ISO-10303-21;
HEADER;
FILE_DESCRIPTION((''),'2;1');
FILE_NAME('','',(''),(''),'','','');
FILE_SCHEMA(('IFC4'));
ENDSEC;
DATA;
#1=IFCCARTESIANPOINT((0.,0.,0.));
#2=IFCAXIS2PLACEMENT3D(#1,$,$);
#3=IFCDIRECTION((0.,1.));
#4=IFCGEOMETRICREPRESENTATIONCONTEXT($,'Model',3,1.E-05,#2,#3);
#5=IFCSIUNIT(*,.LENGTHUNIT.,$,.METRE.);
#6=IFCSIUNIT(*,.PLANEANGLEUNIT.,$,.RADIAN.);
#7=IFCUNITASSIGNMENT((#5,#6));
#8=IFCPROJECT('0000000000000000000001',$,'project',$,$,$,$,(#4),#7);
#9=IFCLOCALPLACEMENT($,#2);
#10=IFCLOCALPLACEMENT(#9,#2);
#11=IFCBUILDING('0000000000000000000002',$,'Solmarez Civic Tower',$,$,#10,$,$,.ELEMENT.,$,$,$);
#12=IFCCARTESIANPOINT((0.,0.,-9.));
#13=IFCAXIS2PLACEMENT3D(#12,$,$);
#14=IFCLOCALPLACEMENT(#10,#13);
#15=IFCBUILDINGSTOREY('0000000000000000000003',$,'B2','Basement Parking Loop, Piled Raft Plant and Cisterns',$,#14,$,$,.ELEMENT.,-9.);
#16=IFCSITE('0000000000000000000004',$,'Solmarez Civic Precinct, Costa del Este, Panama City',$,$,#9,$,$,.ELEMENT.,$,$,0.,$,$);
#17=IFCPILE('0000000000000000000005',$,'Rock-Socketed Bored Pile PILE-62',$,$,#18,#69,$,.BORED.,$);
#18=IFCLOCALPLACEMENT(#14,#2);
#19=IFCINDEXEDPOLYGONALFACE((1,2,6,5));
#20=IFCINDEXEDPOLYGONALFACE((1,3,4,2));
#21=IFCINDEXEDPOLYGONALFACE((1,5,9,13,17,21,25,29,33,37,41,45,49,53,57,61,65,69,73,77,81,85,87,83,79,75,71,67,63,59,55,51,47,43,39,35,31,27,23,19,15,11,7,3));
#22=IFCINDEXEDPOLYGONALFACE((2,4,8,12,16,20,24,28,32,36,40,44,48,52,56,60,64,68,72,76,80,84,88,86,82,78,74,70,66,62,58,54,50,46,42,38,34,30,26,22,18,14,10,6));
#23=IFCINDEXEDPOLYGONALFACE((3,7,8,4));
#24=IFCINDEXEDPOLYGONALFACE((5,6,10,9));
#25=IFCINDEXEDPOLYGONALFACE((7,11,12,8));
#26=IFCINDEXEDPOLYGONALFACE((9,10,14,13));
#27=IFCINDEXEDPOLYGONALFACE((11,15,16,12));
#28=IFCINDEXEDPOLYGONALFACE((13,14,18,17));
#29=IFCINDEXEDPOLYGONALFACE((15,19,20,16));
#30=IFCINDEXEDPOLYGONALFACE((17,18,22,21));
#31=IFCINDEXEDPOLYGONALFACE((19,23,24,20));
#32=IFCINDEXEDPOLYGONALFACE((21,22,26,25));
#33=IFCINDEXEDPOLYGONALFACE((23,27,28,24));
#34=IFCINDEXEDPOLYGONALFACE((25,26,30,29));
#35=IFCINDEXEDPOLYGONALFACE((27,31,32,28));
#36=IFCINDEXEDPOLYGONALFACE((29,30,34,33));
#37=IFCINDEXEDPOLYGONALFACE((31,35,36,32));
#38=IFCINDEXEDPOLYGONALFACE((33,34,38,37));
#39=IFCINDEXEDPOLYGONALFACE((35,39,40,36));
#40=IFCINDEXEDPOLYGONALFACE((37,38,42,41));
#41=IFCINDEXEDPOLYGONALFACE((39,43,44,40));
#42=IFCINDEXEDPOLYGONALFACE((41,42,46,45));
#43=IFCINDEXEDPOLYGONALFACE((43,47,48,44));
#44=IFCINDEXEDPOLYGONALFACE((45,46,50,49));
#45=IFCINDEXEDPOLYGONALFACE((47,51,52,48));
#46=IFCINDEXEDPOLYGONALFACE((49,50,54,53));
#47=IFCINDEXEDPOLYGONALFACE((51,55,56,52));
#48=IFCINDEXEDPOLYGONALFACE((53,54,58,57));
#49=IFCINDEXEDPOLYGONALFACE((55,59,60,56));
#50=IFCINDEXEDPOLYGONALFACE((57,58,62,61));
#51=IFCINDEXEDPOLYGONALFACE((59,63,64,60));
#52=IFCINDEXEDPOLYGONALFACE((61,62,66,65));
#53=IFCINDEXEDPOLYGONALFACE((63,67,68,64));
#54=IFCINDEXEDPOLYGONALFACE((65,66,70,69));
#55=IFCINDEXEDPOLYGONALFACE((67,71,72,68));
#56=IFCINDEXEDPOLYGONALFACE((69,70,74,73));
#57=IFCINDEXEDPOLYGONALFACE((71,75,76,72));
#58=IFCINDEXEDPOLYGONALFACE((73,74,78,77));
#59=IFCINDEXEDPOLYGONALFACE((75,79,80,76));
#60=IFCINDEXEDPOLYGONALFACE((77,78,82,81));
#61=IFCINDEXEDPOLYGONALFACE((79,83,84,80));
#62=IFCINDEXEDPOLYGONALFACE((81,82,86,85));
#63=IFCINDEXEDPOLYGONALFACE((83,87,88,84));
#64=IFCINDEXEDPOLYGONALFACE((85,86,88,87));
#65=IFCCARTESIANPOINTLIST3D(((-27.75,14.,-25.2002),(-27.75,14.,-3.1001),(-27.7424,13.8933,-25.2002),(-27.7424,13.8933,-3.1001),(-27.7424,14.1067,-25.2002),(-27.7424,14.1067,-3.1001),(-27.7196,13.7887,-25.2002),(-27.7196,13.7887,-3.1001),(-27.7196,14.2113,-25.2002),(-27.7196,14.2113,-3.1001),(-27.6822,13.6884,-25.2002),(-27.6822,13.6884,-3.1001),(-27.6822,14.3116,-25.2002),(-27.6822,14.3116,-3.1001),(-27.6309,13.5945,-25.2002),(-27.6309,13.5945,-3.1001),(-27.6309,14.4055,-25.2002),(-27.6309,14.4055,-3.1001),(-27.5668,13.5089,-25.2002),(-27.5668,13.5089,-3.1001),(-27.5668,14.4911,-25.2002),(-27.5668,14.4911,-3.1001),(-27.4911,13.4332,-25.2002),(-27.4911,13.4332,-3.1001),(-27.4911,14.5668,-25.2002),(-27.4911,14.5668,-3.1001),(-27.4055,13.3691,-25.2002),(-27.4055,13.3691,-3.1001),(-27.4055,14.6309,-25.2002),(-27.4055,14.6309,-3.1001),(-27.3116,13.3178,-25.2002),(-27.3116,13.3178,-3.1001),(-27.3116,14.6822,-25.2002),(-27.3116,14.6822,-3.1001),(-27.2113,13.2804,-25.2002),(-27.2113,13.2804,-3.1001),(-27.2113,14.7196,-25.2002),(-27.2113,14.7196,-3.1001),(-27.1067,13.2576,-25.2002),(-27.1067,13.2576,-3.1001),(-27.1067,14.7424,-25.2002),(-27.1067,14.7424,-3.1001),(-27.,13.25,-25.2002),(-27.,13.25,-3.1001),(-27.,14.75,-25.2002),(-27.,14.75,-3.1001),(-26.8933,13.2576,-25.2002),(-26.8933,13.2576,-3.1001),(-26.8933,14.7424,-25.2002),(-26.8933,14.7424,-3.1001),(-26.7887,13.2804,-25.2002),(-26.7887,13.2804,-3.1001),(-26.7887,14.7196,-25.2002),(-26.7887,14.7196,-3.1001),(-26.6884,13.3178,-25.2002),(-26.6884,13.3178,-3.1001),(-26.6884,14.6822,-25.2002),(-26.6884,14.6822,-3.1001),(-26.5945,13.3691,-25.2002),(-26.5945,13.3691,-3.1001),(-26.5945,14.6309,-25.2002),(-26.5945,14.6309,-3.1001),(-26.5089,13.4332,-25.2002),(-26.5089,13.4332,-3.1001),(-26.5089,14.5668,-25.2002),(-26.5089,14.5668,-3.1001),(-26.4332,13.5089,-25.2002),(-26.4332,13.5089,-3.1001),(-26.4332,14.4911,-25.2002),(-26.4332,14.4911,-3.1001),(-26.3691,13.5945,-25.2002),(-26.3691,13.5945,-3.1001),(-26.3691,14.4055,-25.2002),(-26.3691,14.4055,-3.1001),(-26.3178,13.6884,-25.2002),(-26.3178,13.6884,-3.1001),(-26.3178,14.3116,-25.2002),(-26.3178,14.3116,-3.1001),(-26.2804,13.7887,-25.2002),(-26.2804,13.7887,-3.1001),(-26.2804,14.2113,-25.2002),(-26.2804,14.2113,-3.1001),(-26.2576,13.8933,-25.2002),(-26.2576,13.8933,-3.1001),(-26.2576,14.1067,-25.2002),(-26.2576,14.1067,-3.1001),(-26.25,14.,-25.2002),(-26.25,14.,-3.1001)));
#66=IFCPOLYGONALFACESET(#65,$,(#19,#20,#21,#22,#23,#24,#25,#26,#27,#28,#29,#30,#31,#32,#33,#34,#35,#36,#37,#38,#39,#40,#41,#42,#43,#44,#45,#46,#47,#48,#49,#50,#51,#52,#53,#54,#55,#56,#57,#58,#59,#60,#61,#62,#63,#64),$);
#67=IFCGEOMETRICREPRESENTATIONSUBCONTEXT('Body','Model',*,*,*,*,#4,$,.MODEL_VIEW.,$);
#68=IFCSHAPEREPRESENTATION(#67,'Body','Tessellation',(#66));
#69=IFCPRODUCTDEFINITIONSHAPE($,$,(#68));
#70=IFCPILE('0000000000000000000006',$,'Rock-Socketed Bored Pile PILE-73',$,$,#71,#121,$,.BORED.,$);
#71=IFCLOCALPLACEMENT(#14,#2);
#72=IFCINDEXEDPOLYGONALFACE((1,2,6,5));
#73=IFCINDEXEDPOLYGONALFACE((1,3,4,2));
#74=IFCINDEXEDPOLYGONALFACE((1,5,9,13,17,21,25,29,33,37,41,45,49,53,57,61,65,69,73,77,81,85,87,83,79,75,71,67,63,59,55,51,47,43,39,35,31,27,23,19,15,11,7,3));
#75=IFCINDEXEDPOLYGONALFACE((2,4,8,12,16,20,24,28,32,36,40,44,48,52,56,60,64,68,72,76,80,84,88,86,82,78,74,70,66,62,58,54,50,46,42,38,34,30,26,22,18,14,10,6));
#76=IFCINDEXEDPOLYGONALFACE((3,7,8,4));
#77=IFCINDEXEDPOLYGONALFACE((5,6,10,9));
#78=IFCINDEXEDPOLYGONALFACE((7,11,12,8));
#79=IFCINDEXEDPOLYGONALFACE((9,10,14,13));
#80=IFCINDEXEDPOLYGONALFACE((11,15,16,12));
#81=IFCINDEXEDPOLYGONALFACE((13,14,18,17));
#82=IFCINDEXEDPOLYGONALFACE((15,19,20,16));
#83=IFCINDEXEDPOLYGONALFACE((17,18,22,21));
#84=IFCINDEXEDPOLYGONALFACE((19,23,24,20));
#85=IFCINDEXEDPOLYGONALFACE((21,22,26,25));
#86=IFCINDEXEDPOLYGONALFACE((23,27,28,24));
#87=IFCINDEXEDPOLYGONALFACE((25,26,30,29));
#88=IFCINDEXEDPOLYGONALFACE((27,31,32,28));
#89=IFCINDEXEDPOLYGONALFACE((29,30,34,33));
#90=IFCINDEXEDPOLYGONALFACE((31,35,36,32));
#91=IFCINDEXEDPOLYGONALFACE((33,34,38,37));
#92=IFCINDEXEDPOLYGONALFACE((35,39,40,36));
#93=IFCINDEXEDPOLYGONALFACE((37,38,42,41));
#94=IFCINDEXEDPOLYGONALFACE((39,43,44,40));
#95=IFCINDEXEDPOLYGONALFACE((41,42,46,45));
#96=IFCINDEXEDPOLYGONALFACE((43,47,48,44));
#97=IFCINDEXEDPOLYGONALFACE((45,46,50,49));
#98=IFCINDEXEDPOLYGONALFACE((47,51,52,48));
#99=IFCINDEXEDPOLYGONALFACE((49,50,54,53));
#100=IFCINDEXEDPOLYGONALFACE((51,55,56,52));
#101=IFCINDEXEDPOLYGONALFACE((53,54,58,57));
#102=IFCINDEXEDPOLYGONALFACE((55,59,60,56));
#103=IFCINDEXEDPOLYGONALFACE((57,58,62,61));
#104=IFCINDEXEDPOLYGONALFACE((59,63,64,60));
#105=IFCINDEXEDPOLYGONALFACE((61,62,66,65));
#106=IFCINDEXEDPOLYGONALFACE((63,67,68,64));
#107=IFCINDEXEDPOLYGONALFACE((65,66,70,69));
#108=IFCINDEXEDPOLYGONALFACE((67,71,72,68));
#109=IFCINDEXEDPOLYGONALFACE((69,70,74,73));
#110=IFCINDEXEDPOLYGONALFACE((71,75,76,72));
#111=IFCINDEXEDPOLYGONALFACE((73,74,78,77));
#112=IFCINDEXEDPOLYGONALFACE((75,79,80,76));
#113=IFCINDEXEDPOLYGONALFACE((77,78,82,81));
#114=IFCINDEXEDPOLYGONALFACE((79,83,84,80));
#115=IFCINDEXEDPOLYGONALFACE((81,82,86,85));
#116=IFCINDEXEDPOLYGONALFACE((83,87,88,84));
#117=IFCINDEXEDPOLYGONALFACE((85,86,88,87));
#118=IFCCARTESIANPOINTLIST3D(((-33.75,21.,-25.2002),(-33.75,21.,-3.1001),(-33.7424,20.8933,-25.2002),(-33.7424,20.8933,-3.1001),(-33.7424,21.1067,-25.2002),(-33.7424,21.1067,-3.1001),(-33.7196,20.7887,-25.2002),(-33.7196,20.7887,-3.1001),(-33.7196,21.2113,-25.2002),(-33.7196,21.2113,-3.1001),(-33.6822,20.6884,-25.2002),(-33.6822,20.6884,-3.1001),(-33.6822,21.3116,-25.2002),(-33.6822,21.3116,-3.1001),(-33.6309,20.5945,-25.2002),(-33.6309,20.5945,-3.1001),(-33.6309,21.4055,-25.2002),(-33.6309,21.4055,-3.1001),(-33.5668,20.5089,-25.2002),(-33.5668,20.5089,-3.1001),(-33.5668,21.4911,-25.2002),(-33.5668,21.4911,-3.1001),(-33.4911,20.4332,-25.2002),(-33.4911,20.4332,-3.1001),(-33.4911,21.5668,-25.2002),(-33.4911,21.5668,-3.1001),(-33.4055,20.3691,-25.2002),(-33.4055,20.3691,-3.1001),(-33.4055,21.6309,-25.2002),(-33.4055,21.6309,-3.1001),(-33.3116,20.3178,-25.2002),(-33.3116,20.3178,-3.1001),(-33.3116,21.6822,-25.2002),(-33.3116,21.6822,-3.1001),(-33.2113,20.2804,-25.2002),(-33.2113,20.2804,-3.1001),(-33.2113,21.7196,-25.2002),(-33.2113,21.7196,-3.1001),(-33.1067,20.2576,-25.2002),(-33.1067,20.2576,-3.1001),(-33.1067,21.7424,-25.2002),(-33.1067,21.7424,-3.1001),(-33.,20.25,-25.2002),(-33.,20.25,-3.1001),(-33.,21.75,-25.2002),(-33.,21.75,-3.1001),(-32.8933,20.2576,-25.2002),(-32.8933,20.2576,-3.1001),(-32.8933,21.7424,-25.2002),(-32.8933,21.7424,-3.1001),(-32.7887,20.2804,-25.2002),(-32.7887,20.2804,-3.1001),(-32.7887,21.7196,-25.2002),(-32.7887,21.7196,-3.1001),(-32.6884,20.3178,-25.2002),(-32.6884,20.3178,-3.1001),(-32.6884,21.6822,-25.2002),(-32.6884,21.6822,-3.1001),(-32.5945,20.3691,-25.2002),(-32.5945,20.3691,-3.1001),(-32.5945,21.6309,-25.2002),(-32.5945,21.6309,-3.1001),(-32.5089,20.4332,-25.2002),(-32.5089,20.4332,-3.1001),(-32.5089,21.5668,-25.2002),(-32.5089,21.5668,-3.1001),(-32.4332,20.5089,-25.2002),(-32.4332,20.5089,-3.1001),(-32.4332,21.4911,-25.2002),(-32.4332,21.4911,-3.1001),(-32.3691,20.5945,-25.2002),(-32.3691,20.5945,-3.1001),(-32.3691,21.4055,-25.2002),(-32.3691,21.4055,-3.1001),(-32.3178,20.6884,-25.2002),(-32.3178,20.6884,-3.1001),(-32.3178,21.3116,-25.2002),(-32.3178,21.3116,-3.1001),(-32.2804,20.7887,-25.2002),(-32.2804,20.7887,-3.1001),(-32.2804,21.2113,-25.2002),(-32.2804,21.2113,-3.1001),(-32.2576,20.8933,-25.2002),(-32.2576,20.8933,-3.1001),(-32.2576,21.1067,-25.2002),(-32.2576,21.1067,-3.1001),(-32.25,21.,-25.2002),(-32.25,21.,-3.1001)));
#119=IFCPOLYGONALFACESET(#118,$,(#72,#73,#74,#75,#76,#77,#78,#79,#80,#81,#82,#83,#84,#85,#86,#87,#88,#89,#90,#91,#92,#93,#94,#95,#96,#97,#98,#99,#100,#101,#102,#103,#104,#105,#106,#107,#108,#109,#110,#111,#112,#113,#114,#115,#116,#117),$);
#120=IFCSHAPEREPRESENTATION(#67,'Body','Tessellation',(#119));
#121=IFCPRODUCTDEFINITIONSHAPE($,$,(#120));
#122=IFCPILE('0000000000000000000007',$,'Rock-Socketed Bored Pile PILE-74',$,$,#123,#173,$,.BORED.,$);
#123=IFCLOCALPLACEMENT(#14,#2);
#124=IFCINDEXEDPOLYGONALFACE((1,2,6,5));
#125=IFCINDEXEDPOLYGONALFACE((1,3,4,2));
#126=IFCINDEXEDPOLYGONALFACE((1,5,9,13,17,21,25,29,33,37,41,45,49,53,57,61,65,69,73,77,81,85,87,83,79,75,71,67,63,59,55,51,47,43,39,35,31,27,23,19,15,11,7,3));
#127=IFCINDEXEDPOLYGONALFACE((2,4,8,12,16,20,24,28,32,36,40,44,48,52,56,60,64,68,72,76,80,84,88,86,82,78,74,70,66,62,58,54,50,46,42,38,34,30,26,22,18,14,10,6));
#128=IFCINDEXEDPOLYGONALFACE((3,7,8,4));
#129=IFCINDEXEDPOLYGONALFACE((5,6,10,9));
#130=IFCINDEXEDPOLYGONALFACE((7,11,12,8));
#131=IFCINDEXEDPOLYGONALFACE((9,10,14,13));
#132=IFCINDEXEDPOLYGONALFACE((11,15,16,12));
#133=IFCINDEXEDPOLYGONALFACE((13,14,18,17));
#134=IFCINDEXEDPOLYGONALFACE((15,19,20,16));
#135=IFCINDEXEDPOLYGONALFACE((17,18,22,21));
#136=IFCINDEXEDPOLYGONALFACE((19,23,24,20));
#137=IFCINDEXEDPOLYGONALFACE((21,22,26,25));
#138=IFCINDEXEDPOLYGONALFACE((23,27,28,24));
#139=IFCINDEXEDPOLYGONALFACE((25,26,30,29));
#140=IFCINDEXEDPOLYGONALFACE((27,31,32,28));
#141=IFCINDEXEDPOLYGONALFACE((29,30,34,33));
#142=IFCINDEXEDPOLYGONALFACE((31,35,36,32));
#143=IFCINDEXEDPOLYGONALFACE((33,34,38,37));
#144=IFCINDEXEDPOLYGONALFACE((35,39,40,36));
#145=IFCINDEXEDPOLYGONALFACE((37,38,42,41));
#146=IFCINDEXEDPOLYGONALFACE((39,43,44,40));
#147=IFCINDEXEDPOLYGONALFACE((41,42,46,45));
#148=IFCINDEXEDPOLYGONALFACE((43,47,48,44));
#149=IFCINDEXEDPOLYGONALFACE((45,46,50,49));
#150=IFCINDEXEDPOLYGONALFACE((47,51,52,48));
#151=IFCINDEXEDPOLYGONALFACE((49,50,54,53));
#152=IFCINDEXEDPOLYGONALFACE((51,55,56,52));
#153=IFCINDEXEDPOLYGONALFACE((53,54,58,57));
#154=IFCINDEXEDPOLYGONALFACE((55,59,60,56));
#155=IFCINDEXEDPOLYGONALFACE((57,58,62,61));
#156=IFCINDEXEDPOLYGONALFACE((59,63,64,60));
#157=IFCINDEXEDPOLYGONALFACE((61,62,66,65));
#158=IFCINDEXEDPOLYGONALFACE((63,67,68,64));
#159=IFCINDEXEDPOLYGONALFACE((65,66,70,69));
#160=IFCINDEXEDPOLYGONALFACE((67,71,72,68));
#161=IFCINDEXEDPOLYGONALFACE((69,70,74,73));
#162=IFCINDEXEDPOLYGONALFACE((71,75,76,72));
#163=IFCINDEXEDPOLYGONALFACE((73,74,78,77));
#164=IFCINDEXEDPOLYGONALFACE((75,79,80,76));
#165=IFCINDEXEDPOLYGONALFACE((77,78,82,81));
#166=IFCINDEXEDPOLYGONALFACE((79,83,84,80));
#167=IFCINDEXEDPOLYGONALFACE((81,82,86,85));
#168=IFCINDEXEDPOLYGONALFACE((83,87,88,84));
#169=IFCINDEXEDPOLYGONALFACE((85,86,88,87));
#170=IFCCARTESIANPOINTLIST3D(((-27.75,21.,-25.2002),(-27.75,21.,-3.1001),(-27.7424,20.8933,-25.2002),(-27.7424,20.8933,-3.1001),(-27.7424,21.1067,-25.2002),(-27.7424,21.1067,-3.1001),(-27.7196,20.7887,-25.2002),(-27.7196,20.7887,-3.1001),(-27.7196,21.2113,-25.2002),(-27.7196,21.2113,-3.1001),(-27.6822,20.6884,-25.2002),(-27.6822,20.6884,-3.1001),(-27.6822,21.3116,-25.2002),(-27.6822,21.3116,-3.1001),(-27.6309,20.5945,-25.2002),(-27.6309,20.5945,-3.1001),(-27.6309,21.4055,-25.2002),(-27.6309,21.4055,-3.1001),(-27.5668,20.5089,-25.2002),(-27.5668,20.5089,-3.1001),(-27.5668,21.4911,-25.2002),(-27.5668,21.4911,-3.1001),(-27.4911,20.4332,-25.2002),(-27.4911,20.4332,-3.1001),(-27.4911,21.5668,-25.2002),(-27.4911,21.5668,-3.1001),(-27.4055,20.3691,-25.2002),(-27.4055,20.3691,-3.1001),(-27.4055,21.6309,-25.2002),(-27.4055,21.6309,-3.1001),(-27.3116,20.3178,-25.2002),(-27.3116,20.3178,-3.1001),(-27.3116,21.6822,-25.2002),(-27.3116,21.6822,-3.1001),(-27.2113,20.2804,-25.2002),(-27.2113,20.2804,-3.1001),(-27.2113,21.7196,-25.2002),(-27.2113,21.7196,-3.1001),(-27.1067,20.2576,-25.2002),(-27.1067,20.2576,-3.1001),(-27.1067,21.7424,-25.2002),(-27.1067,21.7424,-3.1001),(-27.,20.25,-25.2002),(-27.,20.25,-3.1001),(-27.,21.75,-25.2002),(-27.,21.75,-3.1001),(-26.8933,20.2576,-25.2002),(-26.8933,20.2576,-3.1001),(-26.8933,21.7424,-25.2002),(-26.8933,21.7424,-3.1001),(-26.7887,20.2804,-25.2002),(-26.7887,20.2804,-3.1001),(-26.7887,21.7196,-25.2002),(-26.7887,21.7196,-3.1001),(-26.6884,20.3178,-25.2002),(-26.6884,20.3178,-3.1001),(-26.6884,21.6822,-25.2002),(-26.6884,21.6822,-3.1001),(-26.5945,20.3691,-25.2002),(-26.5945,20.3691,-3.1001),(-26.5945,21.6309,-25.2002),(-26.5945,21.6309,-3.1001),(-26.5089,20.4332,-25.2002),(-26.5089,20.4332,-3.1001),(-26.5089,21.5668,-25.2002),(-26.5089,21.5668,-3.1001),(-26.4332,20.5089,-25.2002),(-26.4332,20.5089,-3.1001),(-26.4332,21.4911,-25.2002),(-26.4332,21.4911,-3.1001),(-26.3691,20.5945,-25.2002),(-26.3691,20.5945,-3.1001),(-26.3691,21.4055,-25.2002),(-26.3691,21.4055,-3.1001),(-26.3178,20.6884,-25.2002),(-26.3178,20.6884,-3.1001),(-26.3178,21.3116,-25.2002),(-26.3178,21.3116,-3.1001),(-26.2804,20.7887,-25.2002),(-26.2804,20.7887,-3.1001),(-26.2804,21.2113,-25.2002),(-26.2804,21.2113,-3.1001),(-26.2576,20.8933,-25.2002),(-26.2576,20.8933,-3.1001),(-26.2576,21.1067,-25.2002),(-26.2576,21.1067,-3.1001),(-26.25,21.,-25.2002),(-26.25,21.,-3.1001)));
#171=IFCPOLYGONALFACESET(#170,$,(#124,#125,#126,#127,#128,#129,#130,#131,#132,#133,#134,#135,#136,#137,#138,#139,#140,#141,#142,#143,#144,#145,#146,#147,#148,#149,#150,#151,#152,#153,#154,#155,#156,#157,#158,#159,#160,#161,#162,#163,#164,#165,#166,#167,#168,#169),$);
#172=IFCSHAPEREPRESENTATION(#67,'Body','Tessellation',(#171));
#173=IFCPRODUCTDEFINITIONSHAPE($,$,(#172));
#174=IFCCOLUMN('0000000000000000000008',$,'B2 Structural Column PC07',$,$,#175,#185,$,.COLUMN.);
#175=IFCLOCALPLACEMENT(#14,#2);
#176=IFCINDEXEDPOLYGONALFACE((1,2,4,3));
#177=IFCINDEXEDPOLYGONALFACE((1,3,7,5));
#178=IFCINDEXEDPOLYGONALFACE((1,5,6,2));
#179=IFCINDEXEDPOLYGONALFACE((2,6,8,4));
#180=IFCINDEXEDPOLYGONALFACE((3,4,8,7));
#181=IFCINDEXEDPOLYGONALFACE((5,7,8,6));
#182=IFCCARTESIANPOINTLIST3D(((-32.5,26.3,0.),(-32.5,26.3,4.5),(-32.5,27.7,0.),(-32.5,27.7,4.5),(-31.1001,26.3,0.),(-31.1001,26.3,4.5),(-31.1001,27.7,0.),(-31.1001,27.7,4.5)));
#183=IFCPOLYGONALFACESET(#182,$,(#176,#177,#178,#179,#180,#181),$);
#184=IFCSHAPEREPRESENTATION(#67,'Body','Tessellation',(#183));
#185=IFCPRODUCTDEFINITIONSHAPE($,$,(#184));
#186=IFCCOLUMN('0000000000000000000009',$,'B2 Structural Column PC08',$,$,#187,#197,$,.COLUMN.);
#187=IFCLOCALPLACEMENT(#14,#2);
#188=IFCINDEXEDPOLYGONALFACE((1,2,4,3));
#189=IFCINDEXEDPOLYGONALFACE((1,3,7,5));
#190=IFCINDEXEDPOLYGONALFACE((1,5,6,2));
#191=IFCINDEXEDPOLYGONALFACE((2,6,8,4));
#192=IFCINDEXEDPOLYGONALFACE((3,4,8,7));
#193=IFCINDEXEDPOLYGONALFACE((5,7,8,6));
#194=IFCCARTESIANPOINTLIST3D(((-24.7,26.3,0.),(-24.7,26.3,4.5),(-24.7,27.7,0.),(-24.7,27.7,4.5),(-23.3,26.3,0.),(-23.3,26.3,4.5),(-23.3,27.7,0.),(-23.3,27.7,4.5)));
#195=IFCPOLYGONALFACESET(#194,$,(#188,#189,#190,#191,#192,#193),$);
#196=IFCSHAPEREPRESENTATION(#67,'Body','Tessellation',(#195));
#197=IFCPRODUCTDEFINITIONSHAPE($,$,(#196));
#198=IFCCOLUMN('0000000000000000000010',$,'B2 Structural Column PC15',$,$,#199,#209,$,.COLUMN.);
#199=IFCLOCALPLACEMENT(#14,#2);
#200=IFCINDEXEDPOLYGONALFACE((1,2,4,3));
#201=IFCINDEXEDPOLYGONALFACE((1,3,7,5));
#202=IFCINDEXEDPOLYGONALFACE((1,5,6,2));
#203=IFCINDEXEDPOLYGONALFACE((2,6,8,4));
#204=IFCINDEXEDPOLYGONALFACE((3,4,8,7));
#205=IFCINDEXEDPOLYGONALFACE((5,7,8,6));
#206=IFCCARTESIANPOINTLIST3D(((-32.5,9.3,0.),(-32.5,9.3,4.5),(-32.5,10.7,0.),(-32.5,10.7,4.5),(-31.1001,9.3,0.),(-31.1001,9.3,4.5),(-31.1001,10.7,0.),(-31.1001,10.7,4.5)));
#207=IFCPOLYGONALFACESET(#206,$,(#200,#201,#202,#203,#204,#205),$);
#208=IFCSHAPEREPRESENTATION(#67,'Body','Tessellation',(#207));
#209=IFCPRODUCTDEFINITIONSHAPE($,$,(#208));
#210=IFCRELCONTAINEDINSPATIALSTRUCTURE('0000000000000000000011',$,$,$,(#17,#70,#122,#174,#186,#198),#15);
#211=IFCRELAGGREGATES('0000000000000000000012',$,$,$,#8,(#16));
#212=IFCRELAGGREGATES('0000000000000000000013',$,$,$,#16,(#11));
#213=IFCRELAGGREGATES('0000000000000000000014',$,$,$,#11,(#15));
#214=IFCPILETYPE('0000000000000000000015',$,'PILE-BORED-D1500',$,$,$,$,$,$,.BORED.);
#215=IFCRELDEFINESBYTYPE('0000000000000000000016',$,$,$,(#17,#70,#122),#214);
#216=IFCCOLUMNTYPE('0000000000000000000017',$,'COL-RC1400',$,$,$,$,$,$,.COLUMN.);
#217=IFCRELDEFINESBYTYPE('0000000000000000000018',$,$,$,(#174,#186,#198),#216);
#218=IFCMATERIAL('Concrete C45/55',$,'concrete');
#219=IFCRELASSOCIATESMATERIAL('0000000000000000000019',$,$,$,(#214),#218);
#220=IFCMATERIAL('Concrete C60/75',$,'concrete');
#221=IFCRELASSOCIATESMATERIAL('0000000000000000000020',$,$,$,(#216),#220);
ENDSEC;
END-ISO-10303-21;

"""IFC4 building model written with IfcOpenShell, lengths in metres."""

from ifc_helpers import new_model, si_unit, direction, frame, origin, origin_2d, place, context, subcontext, project, spatial, rectangle, circle, extrude, material, material_profile, profile_set, type_object, element, save


model = new_model("IFC4")

# Units and contexts
model_context = context("Model", 3, precision=1e-05, world=origin(), true_north=direction((0.0, 1.0)))
body_context = subcontext(model_context, "Body", "Model", "MODEL_VIEW")
ifc_project = project(units=[si_unit("LENGTHUNIT", "METRE"), si_unit("PLANEANGLEUNIT", "RADIAN")], contexts=[model_context])

# Site, building, storey
site_placement = place(None, origin())
site = spatial("IfcSite", under=ifc_project, at=site_placement, Name="Solmarez Civic Precinct, Costa del Este, Panama City", CompositionType="ELEMENT", RefElevation=0.0)
building_placement = place(site_placement, origin())
building = spatial("IfcBuilding", under=site, at=building_placement, Name="Solmarez Civic Tower", CompositionType="ELEMENT")
storey_placement = place(building_placement, frame((0.0, 0.0, -9.0)))
storey = spatial("IfcBuildingStorey", under=building, at=storey_placement, Name="B2", Description="Basement Parking Loop, Piled Raft Plant and Cisterns", CompositionType="ELEMENT", Elevation=-9.0)

# Piles
ifc_material_1 = material(Name="Concrete C45/55", Category="concrete")
ifc_material_profile_1 = material_profile(ifc_material_1, circle(Radius=0.75, at=origin_2d()), Name="PILE-D1500")
ifc_profile_set_1 = profile_set([ifc_material_profile_1], Name="Concrete C45/55")
pile_type = type_object("IfcPileType", Name="PILE-BORED-D1500", PredefinedType="BORED", material=ifc_profile_set_1)
for number, where, z_axis, x_axis, name in (
    (1, (-27.0, 14.0, -3.1001), (0.0, 0.0, -1.0), (1.0, 0.0, 0.0), "Rock-Socketed Bored Pile PILE-62"),
    (2, (-33.0, 21.0, -3.1001), (0.0, 0.0, -1.0), (1.0, 0.0, 0.0), "Rock-Socketed Bored Pile PILE-73"),
    (3, (-27.0, 21.0, -3.1001), (0.0, 0.0, -1.0), (1.0, 0.0, 0.0), "Rock-Socketed Bored Pile PILE-74"),
):
    element("IfcPile", number, at=place(storey_placement, frame(where, z_axis=z_axis, x_axis=x_axis)), inside=storey, type_object=pile_type, Name=name, PredefinedType="BORED", context=body_context, shape_type="SweptSolid", body=[
        extrude(circle(Radius=0.75, at=origin_2d()), origin(), (0.0, 0.0, 1.0), 22.1001),
    ])

# Columns
ifc_material_2 = material(Name="Concrete C60/75", Category="concrete")
ifc_material_profile_2 = material_profile(ifc_material_2, rectangle(XDim=1.3999, YDim=1.3999, at=origin_2d()), Name="RC1400X1400")
ifc_profile_set_2 = profile_set([ifc_material_profile_2], Name="Concrete C60/75")
column_type = type_object("IfcColumnType", Name="COL-RC1400", PredefinedType="COLUMN", material=ifc_profile_set_2)
for number, where, z_axis, x_axis, name in (
    (4, (-31.8, 27.0, 0.0), (0.0, 0.0, 1.0), (1.0, 0.0, 0.0), "B2 Structural Column PC07"),
    (5, (-24.0, 27.0, 0.0), (0.0, 0.0, 1.0), (1.0, 0.0, 0.0), "B2 Structural Column PC08"),
    (6, (-31.8, 10.0, 0.0), (0.0, 0.0, 1.0), (1.0, 0.0, 0.0), "B2 Structural Column PC15"),
):
    element("IfcColumn", number, at=place(storey_placement, frame(where, z_axis=z_axis, x_axis=x_axis)), inside=storey, type_object=column_type, Name=name, PredefinedType="COLUMN", context=body_context, shape_type="SweptSolid", body=[
        extrude(rectangle(XDim=1.3999, YDim=1.3999, at=origin_2d()), origin(), (0.0, 0.0, 1.0), 4.5),
    ])

save(model, "model.ifc")
